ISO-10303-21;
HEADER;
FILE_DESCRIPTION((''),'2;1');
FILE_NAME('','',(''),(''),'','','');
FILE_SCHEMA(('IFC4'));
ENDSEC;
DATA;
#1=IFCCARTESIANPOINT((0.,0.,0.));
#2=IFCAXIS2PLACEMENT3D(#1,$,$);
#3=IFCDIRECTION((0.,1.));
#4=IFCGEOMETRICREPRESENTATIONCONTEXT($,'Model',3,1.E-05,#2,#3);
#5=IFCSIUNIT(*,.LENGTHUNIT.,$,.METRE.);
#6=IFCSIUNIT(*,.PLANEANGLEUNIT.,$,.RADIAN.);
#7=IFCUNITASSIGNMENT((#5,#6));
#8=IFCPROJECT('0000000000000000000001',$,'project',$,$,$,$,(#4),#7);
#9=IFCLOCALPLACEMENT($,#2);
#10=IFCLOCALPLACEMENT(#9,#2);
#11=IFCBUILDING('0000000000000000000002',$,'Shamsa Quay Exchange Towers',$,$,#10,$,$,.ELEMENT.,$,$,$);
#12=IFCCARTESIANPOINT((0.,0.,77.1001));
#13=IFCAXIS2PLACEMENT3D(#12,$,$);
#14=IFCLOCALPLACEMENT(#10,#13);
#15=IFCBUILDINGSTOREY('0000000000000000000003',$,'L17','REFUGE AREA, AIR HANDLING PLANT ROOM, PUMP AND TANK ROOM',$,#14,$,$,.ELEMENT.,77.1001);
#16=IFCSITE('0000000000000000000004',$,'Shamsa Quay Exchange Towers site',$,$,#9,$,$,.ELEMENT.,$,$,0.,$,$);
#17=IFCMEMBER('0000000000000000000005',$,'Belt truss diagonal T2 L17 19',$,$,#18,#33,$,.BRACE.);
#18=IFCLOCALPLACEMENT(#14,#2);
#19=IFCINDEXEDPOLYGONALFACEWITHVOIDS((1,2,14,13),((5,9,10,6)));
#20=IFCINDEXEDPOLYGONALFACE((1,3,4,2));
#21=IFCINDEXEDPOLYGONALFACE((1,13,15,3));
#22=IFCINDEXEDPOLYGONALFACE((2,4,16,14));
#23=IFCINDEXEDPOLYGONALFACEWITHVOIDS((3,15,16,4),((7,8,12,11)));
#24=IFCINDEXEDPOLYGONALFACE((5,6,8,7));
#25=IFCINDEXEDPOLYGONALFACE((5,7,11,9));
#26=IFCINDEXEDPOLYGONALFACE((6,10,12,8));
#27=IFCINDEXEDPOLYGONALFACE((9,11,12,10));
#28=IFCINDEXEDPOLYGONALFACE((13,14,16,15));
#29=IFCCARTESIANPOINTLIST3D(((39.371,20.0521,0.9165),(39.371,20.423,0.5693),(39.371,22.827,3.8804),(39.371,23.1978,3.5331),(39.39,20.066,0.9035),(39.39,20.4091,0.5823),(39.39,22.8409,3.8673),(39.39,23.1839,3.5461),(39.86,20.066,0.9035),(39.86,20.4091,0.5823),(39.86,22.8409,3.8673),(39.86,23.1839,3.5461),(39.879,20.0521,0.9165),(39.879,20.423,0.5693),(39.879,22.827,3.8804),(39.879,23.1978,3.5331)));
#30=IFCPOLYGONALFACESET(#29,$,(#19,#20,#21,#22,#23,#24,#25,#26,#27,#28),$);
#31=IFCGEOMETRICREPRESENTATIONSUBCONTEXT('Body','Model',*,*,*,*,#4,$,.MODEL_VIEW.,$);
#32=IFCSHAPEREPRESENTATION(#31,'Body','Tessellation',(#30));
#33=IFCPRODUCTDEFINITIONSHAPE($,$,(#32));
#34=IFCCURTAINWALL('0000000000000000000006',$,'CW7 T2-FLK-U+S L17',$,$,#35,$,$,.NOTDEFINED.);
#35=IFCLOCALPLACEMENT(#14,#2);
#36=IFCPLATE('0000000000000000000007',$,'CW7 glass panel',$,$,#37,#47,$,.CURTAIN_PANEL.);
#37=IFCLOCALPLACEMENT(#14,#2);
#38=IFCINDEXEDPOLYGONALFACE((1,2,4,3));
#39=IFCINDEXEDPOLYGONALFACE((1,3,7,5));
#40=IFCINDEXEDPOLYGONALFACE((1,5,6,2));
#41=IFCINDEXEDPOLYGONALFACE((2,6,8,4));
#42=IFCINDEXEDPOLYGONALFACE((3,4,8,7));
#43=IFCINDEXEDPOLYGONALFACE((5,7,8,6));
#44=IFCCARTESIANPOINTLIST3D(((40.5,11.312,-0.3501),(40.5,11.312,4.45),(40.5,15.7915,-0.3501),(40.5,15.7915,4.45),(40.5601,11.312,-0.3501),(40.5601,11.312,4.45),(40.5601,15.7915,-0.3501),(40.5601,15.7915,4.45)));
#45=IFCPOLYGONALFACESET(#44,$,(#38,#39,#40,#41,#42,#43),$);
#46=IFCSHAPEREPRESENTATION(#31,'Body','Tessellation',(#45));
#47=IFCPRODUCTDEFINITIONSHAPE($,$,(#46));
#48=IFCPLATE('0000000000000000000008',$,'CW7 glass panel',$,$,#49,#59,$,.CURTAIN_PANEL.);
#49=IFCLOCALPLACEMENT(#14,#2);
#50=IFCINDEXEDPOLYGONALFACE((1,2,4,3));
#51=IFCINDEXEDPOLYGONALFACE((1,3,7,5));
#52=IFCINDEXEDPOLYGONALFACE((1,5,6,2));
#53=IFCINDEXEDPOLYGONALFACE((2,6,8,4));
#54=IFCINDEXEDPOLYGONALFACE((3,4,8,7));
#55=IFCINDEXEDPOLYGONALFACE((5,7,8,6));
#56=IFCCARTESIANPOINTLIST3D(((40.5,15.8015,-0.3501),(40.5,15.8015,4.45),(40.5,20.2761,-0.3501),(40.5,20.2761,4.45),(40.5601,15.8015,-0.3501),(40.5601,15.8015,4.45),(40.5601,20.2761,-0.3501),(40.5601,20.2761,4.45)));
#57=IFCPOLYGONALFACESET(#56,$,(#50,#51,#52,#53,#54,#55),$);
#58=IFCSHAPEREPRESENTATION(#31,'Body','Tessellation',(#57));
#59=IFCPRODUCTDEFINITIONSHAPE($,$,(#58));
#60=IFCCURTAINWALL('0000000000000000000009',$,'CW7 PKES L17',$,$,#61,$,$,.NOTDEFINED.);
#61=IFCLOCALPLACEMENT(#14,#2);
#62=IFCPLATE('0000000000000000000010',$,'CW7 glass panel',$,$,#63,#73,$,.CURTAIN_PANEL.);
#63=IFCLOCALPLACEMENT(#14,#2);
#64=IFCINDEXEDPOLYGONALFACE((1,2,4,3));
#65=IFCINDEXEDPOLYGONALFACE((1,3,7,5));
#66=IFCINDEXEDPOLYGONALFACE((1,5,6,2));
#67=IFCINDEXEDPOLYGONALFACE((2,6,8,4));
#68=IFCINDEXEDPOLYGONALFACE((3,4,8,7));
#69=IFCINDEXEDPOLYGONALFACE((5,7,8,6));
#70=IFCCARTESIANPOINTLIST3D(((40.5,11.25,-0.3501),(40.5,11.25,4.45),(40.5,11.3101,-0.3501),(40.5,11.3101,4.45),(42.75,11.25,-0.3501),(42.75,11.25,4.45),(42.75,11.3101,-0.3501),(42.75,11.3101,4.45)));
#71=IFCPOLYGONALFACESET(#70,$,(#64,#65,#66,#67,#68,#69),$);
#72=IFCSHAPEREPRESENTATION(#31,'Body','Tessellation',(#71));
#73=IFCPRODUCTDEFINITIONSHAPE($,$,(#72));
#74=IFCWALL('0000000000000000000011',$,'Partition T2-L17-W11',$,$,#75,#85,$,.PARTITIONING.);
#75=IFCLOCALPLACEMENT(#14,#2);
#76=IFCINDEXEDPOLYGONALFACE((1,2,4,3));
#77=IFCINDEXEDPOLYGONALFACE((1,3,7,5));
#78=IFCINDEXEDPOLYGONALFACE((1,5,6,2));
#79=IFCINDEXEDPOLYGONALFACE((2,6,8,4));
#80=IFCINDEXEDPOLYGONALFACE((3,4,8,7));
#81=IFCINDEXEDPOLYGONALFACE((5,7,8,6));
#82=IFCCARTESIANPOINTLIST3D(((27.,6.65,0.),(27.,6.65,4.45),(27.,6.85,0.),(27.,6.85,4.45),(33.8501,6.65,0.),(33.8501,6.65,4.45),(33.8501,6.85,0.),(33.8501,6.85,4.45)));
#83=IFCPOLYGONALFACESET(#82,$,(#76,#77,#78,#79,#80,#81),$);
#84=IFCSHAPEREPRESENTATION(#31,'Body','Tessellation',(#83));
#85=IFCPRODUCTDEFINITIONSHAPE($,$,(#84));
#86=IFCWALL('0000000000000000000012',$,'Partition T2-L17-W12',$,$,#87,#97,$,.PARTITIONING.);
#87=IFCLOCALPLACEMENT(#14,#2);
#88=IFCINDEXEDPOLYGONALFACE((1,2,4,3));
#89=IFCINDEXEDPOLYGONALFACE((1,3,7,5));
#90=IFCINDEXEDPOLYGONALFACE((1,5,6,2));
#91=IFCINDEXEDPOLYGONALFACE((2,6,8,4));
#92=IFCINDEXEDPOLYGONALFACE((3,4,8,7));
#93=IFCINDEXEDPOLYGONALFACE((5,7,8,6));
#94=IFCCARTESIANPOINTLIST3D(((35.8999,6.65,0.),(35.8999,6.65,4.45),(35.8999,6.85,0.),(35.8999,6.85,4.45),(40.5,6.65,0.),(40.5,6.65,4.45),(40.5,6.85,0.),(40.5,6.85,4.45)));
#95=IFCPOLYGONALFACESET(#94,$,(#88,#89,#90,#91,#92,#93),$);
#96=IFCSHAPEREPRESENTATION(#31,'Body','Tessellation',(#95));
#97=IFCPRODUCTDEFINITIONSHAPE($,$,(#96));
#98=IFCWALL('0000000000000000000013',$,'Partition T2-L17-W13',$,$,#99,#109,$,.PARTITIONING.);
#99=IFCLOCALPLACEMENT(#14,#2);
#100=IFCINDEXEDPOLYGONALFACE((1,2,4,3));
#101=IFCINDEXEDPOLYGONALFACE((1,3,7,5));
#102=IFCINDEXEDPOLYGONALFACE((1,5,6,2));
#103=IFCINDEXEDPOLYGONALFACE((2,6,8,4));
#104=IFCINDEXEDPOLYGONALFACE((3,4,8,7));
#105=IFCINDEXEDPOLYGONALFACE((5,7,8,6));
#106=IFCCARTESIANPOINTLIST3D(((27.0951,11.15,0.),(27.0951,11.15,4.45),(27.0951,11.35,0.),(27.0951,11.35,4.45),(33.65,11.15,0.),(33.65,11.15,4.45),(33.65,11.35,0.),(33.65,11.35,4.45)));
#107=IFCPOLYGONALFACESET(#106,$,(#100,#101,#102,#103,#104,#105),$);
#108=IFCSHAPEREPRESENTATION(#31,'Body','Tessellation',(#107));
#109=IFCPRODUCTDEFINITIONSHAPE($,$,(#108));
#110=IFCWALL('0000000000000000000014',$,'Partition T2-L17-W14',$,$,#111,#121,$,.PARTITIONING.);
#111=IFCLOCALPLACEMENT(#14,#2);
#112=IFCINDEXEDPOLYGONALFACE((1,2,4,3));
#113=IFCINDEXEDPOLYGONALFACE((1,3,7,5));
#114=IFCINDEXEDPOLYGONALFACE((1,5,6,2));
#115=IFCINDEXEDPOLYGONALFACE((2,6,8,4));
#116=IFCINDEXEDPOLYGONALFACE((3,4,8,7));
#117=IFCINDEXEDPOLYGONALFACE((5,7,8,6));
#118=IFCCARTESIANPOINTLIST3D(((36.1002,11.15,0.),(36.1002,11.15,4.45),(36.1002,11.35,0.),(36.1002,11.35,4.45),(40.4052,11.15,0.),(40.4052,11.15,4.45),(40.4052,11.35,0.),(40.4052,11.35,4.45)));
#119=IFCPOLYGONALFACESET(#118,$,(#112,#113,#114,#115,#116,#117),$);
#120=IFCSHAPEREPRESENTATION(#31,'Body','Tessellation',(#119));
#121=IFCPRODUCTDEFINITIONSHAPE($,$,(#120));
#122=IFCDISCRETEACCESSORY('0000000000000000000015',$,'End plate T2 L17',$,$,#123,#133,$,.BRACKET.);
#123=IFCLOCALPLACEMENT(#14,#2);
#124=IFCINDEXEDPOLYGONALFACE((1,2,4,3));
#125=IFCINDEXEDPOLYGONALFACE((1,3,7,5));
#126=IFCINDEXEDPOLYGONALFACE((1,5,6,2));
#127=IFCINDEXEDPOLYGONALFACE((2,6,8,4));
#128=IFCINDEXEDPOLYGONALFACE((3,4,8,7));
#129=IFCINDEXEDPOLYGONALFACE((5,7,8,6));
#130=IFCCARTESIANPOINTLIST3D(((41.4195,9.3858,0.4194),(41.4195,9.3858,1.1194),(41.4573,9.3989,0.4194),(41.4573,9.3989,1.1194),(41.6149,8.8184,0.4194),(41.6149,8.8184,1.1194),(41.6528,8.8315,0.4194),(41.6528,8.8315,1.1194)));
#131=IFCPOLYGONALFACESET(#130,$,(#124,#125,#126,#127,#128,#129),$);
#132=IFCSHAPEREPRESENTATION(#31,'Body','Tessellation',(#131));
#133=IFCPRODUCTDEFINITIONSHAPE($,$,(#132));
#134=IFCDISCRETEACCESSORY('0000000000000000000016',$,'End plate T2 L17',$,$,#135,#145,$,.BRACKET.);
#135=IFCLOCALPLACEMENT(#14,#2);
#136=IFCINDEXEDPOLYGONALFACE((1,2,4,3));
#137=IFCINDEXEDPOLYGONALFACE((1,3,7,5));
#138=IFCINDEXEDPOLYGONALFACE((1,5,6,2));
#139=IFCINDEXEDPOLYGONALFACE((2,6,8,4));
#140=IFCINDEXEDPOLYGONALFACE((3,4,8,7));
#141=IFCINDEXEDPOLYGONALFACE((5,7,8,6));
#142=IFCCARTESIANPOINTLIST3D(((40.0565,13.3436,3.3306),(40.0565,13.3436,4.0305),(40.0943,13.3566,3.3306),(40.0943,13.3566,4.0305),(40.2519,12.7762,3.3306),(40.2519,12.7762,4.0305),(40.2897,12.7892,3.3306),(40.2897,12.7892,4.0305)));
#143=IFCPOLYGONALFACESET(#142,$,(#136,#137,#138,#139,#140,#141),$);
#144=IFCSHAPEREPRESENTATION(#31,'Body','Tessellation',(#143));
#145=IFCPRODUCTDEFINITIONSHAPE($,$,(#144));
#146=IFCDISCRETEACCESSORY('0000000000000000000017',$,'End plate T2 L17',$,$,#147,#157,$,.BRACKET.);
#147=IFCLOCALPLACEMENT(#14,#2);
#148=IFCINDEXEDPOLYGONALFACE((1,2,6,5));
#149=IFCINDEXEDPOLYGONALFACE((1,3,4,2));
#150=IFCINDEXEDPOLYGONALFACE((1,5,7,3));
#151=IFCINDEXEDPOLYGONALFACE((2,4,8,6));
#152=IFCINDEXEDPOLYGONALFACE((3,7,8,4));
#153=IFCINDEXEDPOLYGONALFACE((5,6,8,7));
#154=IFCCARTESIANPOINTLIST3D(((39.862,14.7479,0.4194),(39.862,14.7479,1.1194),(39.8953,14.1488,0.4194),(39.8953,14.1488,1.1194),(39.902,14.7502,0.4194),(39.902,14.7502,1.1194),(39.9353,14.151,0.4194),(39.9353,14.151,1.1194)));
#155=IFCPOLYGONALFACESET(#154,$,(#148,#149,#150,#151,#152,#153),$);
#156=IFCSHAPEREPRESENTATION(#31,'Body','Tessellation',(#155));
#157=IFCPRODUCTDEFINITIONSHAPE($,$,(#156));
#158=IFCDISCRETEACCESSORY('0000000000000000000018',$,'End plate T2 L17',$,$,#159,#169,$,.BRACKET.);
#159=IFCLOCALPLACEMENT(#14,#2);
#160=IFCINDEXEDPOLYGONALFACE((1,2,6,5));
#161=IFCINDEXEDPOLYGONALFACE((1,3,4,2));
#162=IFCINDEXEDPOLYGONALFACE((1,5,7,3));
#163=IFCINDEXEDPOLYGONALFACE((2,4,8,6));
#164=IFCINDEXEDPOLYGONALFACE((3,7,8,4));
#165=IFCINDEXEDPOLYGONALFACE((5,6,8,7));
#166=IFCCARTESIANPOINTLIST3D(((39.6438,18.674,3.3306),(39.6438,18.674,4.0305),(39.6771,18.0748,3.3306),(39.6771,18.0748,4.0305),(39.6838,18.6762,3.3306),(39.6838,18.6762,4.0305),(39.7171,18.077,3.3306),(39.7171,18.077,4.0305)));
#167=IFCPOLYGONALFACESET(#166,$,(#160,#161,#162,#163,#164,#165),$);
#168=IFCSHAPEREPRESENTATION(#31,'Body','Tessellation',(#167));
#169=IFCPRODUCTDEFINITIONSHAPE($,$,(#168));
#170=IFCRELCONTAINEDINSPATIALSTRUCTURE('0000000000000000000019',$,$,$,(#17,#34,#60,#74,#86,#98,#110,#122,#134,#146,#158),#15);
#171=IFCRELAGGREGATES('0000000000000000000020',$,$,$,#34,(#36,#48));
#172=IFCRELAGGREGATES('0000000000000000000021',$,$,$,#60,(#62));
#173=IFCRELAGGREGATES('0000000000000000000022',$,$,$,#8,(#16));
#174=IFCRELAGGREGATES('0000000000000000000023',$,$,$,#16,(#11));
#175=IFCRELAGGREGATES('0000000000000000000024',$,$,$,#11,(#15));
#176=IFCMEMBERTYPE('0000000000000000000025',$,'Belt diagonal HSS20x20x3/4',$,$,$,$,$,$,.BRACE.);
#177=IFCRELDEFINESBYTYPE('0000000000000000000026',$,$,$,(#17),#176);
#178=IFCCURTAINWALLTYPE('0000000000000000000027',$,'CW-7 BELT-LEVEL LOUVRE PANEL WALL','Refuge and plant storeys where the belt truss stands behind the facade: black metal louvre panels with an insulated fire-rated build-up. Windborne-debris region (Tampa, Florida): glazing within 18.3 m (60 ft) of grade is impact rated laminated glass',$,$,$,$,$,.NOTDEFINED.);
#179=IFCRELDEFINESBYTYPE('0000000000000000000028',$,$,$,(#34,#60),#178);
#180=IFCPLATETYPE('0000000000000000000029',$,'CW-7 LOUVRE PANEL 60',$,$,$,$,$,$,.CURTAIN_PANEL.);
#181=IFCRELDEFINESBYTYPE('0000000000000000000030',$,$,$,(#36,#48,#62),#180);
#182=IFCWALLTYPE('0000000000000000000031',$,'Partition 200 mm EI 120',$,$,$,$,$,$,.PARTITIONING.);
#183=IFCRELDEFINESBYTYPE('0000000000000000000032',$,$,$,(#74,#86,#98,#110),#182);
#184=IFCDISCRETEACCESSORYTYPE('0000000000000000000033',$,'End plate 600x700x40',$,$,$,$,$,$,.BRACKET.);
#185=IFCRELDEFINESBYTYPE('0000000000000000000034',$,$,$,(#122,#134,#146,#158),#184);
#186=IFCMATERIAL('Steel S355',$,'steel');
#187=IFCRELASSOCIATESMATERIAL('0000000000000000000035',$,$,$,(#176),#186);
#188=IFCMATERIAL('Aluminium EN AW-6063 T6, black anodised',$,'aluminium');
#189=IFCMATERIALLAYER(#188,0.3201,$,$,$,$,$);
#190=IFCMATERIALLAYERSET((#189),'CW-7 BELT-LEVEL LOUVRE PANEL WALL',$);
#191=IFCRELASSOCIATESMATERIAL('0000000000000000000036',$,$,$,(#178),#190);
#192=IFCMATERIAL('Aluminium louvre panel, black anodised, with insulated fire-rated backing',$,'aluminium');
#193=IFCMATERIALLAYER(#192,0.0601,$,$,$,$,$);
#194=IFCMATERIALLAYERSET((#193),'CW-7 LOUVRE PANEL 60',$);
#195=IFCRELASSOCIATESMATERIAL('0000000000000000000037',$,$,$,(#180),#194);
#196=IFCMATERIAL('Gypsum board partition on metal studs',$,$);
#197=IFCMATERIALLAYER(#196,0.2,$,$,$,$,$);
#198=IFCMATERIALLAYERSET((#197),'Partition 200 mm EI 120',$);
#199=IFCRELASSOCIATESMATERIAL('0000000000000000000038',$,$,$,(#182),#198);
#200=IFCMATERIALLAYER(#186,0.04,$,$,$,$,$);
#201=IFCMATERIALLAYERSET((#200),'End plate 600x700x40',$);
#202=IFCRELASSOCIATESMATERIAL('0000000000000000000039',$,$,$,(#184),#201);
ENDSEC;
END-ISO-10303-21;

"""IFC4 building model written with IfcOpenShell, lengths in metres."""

from ifc_helpers import new_model, si_unit, direction, frame, frame_2d, origin, origin_2d, place, context, subcontext, project, spatial, rectangle, hollow_rectangle, extrude, material, layer, layer_set, material_profile, profile_set, type_object, element, aggregate, save


model = new_model("IFC4")

# Units and contexts
model_context = context("Model", 3, precision=1e-05, world=origin(), true_north=direction((0.0, 1.0)))
body_context = subcontext(model_context, "Body", "Model", "MODEL_VIEW")
ifc_project = project(units=[si_unit("LENGTHUNIT", "METRE"), si_unit("PLANEANGLEUNIT", "RADIAN")], contexts=[model_context])

# Site, building, storey
site_placement = place(None, origin())
site = spatial("IfcSite", under=ifc_project, at=site_placement, Name="Shamsa Quay Exchange Towers site", CompositionType="ELEMENT", RefElevation=0.0)
building_placement = place(site_placement, origin())
building = spatial("IfcBuilding", under=site, at=building_placement, Name="Shamsa Quay Exchange Towers", CompositionType="ELEMENT")
storey_placement = place(building_placement, frame((0.0, 0.0, 77.1001)))
storey = spatial("IfcBuildingStorey", under=building, at=storey_placement, Name="L17", Description="REFUGE AREA, AIR HANDLING PLANT ROOM, PUMP AND TANK ROOM", CompositionType="ELEMENT", Elevation=77.1001)

# Member
ifc_material_1 = material(Name="Steel S355", Category="steel")
ifc_material_profile_1 = material_profile(ifc_material_1, hollow_rectangle(XDim=0.5081, YDim=0.5081, WallThickness=0.019, at=origin_2d()), Name="HSS20x20x3/4")
ifc_profile_set_1 = profile_set([ifc_material_profile_1], Name="Steel S355")
member_type_1 = type_object("IfcMemberType", Name="Belt diagonal HSS20x20x3/4", PredefinedType="BRACE", material=ifc_profile_set_1)
member_1_placement = place(storey_placement, frame((39.625, 20.2375, 0.7429), z_axis=(0.0, 0.683453, 0.729995), x_axis=(-1.0, 0.0, 0.0)))
element("IfcMember", 1, at=member_1_placement, inside=storey, type_object=member_type_1, Name="Belt truss diagonal T2 L17 19", PredefinedType="BRACE", context=body_context, shape_type="SweptSolid", body=[
    extrude(hollow_rectangle(XDim=0.5081, YDim=0.5081, WallThickness=0.019, at=origin_2d()), origin(), (0.0, 0.0, 1.0), 4.0601),
])

# Curtain wall, plates
ifc_material_2 = material(Name="Aluminium EN AW-6063 T6, black anodised", Category="aluminium")
ifc_layer_1 = layer(ifc_material_2, 0.3201)
ifc_layer_set_1 = layer_set([ifc_layer_1], Name="CW-7 BELT-LEVEL LOUVRE PANEL WALL")
curtain_wall_type = type_object("IfcCurtainWallType", Name="CW-7 BELT-LEVEL LOUVRE PANEL WALL", Description="Refuge and plant storeys where the belt truss stands behind the facade: black metal louvre panels with an insulated fire-rated build-up. Windborne-debris region (Tampa, Florida): glazing within 18.3 m (60 ft) of grade is impact rated laminated glass", PredefinedType="NOTDEFINED", material=ifc_layer_set_1)
curtain_wall_1_placement = place(storey_placement, origin())
curtain_wall_1 = element("IfcCurtainWall", 2, at=curtain_wall_1_placement, inside=storey, type_object=curtain_wall_type, Name="CW7 T2-FLK-U+S L17", PredefinedType="NOTDEFINED")
ifc_material_3 = material(Name="Aluminium louvre panel, black anodised, with insulated fire-rated backing", Category="aluminium")
ifc_layer_2 = layer(ifc_material_3, 0.0601)
ifc_layer_set_2 = layer_set([ifc_layer_2], Name="CW-7 LOUVRE PANEL 60")
plate_type = type_object("IfcPlateType", Name="CW-7 LOUVRE PANEL 60", PredefinedType="CURTAIN_PANEL", material=ifc_layer_set_2)
plate_1_placement = place(storey_placement, frame((40.53, 13.5518, -0.3501), z_axis=(0.0, 0.0, 1.0), x_axis=(0.0, 1.0, 0.0)))
plate_1 = element("IfcPlate", 3, at=plate_1_placement, type_object=plate_type, Name="CW7 glass panel", PredefinedType="CURTAIN_PANEL", context=body_context, shape_type="SweptSolid", body=[
    extrude(rectangle(XDim=4.4795, YDim=0.0601, at=origin_2d()), origin(), (0.0, 0.0, 1.0), 4.8),
])
plate_2_placement = place(storey_placement, frame((40.53, 18.0388, -0.3501), z_axis=(0.0, 0.0, 1.0), x_axis=(0.0, 1.0, 0.0)))
plate_2 = element("IfcPlate", 4, at=plate_2_placement, type_object=plate_type, Name="CW7 glass panel", PredefinedType="CURTAIN_PANEL", context=body_context, shape_type="SweptSolid", body=[
    extrude(rectangle(XDim=4.4746, YDim=0.0601, at=origin_2d()), origin(), (0.0, 0.0, 1.0), 4.8),
])
aggregate(curtain_wall_1, [plate_1, plate_2])

# Curtain wall, plate
curtain_wall_2_placement = place(storey_placement, origin())
curtain_wall_2 = element("IfcCurtainWall", 5, at=curtain_wall_2_placement, inside=storey, type_object=curtain_wall_type, Name="CW7 PKES L17", PredefinedType="NOTDEFINED")
plate_3_placement = place(storey_placement, frame((41.625, 11.28, -0.3501), z_axis=(0.0, 0.0, 1.0), x_axis=(-1.0, 0.0, 0.0)))
plate_3 = element("IfcPlate", 6, at=plate_3_placement, type_object=plate_type, Name="CW7 glass panel", PredefinedType="CURTAIN_PANEL", context=body_context, shape_type="SweptSolid", body=[
    extrude(rectangle(XDim=2.25, YDim=0.0601, at=origin_2d()), origin(), (0.0, 0.0, 1.0), 4.8),
])
aggregate(curtain_wall_2, [plate_3])

# Shared definitions
ifc_material_4 = material(Name="Gypsum board partition on metal studs")
ifc_layer_3 = layer(ifc_material_4, 0.2)
ifc_layer_set_3 = layer_set([ifc_layer_3], Name="Partition 200 mm EI 120")
wall_type = type_object("IfcWallType", Name="Partition 200 mm EI 120", PredefinedType="PARTITIONING", material=ifc_layer_set_3)

# Walls
wall_1_placement = place(storey_placement, frame((33.8501, 6.75, 0.0), z_axis=(0.0, 0.0, 1.0), x_axis=(-1.0, 0.0, 0.0)))
element("IfcWall", 7, at=wall_1_placement, inside=storey, type_object=wall_type, Name="Partition T2-L17-W11", PredefinedType="PARTITIONING", context=body_context, shape_type="SweptSolid", body=[
    extrude(rectangle(XDim=6.8501, YDim=0.2, at=frame_2d((3.425, 0.0))), origin(), (0.0, 0.0, 1.0), 4.45),
])
wall_2_placement = place(storey_placement, frame((40.5, 6.75, 0.0), z_axis=(0.0, 0.0, 1.0), x_axis=(-1.0, 0.0, 0.0)))
element("IfcWall", 8, at=wall_2_placement, inside=storey, type_object=wall_type, Name="Partition T2-L17-W12", PredefinedType="PARTITIONING", context=body_context, shape_type="SweptSolid", body=[
    extrude(rectangle(XDim=4.6001, YDim=0.2, at=frame_2d((2.3, 0.0))), origin(), (0.0, 0.0, 1.0), 4.45),
])
wall_3_placement = place(storey_placement, frame((33.6499, 11.25, 0.0), z_axis=(0.0, 0.0, 1.0), x_axis=(-1.0, 0.0, 0.0)))
element("IfcWall", 9, at=wall_3_placement, inside=storey, type_object=wall_type, Name="Partition T2-L17-W13", PredefinedType="PARTITIONING", context=body_context, shape_type="SweptSolid", body=[
    extrude(rectangle(XDim=6.5549, YDim=0.2, at=frame_2d((3.2773, 0.0))), origin(), (0.0, 0.0, 1.0), 4.45),
])
wall_4_placement = place(storey_placement, frame((40.405, 11.25, 0.0), z_axis=(0.0, 0.0, 1.0), x_axis=(-1.0, 0.0, 0.0)))
element("IfcWall", 10, at=wall_4_placement, inside=storey, type_object=wall_type, Name="Partition T2-L17-W14", PredefinedType="PARTITIONING", context=body_context, shape_type="SweptSolid", body=[
    extrude(rectangle(XDim=4.3049, YDim=0.2, at=frame_2d((2.1523, 0.0))), origin(), (0.0, 0.0, 1.0), 4.45),
])

# Discrete accessories
ifc_layer_4 = layer(ifc_material_1, 0.04)
ifc_layer_set_4 = layer_set([ifc_layer_4], Name="End plate 600x700x40")
discrete_accessory_type = type_object("IfcDiscreteAccessoryType", Name="End plate 600x700x40", PredefinedType="BRACKET", material=ifc_layer_set_4)
for number, where, z_axis, x_axis, name in (
    (11, (41.5361, 9.1086, 0.4194), (0.0, 0.0, 1.0), (-0.325667, 0.945485, 0.0), "End plate T2 L17"),
    (12, (40.1731, 13.0664, 3.3306), (0.0, 0.0, 1.0), (-0.325667, 0.945485, 0.0), "End plate T2 L17"),
    (13, (39.8987, 14.4495, 0.4194), (0.0, 0.0, 1.0), (-0.05547, 0.99846, 0.0), "End plate T2 L17"),
    (14, (39.6804, 18.3755, 3.3306), (0.0, 0.0, 1.0), (-0.05547, 0.99846, 0.0), "End plate T2 L17"),
):
    element("IfcDiscreteAccessory", number, at=place(storey_placement, frame(where, z_axis=z_axis, x_axis=x_axis)), inside=storey, type_object=discrete_accessory_type, Name=name, PredefinedType="BRACKET", context=body_context, shape_type="SweptSolid", body=[
        extrude(rectangle(XDim=0.6001, YDim=0.04, at=origin_2d()), origin(), (0.0, 0.0, 1.0), 0.7),
    ])

save(model, "model.ifc")
